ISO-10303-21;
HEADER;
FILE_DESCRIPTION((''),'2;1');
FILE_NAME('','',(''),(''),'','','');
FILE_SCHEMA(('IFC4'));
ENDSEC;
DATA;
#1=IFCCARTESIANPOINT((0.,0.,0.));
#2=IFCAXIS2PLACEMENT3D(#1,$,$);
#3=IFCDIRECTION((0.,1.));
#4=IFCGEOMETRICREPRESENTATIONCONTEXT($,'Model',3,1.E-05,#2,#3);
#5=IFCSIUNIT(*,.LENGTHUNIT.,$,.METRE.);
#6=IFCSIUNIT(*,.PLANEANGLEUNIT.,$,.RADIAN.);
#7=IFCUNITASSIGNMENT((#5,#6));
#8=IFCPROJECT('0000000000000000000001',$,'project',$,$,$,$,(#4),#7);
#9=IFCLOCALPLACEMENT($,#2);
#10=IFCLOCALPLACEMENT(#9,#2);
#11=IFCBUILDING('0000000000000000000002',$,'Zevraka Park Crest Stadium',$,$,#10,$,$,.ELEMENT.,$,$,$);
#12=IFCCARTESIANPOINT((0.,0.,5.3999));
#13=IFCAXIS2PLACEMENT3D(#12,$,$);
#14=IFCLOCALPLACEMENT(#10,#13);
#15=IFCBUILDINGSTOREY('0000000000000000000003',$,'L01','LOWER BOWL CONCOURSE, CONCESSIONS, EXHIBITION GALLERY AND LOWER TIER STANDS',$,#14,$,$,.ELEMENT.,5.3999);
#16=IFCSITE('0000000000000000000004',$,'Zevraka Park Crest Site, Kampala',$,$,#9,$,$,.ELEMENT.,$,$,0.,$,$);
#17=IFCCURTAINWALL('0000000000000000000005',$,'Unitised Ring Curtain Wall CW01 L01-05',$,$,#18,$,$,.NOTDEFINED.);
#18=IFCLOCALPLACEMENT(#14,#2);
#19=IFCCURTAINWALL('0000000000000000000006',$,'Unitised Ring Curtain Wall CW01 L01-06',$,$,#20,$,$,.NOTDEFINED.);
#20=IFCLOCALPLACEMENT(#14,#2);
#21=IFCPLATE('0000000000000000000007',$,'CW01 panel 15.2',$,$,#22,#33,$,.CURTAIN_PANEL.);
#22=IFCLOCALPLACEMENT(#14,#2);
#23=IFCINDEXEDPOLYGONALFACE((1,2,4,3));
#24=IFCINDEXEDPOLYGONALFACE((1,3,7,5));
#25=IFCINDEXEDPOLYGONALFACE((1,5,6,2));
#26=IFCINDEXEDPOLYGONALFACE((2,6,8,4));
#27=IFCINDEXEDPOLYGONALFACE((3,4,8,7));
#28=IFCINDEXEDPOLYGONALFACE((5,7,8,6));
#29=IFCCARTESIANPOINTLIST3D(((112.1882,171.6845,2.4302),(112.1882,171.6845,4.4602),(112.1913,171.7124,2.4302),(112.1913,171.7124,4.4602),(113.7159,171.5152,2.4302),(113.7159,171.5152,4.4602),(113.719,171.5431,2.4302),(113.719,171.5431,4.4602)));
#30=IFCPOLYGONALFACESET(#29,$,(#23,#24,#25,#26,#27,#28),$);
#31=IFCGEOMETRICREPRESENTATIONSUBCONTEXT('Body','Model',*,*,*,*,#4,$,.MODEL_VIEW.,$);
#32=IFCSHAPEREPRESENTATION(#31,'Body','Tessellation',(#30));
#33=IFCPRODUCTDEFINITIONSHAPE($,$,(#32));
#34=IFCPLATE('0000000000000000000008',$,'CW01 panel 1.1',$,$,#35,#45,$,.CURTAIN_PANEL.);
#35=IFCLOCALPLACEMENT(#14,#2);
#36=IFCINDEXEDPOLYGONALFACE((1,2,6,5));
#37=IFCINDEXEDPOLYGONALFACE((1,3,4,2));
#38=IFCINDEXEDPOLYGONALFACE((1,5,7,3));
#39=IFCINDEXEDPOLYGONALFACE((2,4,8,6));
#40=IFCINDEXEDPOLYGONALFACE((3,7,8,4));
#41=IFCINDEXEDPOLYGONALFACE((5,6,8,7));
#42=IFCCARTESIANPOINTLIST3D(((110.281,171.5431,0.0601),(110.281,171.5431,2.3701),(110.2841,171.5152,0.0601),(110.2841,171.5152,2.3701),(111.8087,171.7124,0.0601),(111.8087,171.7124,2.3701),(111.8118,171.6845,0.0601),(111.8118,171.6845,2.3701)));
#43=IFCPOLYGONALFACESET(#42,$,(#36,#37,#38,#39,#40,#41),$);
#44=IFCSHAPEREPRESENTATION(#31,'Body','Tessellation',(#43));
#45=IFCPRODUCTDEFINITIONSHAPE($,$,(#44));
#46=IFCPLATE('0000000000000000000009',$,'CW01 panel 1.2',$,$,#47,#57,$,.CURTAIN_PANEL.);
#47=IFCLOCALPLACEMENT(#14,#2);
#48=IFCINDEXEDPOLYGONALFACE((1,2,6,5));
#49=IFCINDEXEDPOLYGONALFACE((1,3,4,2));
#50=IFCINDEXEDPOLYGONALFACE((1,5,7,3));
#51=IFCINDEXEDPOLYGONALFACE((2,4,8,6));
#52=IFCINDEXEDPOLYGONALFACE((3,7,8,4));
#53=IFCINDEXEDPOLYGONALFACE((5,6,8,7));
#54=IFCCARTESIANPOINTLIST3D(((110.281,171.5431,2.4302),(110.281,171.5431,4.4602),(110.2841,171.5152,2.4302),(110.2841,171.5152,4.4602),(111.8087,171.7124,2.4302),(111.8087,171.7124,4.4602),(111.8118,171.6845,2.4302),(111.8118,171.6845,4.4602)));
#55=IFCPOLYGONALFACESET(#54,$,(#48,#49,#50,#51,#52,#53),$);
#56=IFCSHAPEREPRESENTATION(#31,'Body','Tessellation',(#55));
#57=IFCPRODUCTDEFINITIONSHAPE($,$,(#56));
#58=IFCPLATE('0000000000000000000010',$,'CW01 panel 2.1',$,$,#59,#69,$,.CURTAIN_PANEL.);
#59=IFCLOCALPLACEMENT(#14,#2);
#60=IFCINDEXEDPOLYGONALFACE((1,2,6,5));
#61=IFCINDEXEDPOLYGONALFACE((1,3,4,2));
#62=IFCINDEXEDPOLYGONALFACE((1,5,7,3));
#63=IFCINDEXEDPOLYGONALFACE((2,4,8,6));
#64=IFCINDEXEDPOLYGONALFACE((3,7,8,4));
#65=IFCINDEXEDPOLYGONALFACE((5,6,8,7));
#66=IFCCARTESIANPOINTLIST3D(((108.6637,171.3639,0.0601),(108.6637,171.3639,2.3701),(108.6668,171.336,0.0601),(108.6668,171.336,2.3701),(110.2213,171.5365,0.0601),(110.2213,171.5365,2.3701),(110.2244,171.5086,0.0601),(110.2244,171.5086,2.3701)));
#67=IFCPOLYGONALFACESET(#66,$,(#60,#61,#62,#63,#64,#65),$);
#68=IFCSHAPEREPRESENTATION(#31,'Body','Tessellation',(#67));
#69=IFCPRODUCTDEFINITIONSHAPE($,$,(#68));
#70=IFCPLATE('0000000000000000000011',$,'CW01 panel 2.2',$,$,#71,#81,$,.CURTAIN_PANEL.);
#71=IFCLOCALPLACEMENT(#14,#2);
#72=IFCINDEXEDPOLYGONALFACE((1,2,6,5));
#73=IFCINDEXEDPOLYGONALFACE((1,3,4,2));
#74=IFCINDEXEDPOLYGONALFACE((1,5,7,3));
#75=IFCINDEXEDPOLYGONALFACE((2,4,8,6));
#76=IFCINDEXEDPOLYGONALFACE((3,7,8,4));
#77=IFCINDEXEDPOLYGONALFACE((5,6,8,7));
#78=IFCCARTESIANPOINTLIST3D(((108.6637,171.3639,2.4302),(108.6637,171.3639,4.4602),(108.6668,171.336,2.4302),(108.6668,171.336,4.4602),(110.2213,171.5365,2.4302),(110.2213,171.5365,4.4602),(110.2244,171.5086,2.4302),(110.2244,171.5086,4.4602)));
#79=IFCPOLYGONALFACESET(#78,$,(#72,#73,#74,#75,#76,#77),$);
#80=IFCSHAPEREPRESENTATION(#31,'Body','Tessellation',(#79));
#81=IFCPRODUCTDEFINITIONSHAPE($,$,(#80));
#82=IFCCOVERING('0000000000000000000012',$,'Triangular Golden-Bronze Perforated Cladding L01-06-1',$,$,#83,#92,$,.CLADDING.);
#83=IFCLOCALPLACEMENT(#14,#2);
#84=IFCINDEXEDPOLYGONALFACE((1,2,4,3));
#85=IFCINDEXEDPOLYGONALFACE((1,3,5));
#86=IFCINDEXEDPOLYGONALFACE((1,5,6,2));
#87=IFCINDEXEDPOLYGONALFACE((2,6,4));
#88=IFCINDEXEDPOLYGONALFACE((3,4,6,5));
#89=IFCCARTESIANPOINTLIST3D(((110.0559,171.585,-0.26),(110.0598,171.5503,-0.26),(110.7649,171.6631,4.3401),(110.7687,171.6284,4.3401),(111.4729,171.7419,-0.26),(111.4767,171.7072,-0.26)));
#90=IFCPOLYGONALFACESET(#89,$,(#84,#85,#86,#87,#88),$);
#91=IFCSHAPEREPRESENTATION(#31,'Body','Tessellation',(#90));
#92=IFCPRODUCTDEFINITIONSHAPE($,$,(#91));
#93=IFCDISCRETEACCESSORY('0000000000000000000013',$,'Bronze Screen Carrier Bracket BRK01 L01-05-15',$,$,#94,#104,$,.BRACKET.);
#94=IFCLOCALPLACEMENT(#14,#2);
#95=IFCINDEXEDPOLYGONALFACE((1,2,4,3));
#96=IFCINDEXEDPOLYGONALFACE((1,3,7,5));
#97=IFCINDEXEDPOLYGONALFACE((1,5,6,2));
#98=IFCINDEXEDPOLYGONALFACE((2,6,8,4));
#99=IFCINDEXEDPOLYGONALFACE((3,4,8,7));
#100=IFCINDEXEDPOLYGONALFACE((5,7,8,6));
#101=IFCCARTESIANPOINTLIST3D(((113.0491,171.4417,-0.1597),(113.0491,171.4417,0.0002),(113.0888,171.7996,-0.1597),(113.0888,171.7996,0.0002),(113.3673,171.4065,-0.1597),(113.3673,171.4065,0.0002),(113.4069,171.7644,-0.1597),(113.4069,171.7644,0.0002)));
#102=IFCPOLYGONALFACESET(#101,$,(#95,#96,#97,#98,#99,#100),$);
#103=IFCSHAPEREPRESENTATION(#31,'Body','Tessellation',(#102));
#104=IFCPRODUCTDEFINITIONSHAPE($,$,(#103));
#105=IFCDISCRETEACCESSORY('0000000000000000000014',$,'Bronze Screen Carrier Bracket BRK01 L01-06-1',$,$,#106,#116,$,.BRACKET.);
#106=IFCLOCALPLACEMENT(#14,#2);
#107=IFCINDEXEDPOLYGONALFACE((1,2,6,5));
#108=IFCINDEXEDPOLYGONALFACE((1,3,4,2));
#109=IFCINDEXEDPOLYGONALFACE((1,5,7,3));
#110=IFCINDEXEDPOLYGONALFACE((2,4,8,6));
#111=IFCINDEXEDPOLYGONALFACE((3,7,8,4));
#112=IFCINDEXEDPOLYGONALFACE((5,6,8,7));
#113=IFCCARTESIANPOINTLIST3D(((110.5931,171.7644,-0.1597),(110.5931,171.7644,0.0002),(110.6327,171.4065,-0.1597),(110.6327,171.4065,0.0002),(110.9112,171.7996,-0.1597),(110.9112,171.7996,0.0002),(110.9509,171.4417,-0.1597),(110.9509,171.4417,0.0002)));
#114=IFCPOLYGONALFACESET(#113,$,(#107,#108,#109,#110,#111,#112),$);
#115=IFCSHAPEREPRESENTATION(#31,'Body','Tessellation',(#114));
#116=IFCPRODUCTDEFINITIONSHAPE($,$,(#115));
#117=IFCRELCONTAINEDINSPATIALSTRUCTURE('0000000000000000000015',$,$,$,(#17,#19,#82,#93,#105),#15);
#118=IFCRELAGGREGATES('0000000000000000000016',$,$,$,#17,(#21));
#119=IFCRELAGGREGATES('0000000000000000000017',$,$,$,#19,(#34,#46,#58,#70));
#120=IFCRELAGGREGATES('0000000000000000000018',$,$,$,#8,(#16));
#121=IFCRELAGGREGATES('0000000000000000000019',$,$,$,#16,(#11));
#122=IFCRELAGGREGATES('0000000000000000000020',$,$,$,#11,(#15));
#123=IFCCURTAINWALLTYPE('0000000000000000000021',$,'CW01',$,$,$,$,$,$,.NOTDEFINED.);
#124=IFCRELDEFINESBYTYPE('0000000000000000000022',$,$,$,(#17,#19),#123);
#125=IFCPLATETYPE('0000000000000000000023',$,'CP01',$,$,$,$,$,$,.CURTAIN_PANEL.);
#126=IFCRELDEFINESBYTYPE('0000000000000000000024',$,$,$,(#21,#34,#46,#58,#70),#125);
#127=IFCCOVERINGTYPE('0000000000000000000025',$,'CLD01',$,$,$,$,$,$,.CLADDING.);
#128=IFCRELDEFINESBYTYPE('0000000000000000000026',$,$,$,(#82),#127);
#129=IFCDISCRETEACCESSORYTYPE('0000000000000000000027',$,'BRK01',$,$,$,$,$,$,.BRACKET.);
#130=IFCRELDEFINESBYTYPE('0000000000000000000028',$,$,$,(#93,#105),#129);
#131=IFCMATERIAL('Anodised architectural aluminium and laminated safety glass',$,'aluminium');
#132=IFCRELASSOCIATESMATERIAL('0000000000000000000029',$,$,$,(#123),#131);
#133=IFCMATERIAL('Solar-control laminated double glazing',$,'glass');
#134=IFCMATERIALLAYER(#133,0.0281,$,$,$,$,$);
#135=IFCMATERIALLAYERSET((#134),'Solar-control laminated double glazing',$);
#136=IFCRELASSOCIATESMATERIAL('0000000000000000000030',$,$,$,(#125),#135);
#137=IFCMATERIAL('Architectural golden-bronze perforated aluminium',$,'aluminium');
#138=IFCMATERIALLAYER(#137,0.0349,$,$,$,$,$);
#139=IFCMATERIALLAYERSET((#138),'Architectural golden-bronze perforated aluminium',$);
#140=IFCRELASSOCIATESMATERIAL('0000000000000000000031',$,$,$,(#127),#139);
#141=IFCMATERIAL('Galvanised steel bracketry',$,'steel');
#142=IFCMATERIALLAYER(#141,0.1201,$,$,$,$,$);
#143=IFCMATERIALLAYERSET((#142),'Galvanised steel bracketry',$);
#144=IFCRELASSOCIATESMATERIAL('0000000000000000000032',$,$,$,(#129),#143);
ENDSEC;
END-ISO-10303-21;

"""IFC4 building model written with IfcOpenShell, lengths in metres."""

from ifc_helpers import new_model, si_unit, direction, frame, origin, origin_2d, place, context, subcontext, project, spatial, polyline, rectangle, outline, extrude, material, layer, layer_set, type_object, element, aggregate, save


model = new_model("IFC4")

# Units and contexts
model_context = context("Model", 3, precision=1e-05, world=origin(), true_north=direction((0.0, 1.0)))
body_context = subcontext(model_context, "Body", "Model", "MODEL_VIEW")
ifc_project = project(units=[si_unit("LENGTHUNIT", "METRE"), si_unit("PLANEANGLEUNIT", "RADIAN")], contexts=[model_context])

# Site, building, storey
site_placement = place(None, origin())
site = spatial("IfcSite", under=ifc_project, at=site_placement, Name="Zevraka Park Crest Site, Kampala", CompositionType="ELEMENT", RefElevation=0.0)
building_placement = place(site_placement, origin())
building = spatial("IfcBuilding", under=site, at=building_placement, Name="Zevraka Park Crest Stadium", CompositionType="ELEMENT")
storey_placement = place(building_placement, frame((0.0, 0.0, 5.3999)))
storey = spatial("IfcBuildingStorey", under=building, at=storey_placement, Name="L01", Description="LOWER BOWL CONCOURSE, CONCESSIONS, EXHIBITION GALLERY AND LOWER TIER STANDS", CompositionType="ELEMENT", Elevation=5.3999)

# Curtain wall
ifc_material_1 = material(Name="Anodised architectural aluminium and laminated safety glass", Category="aluminium")
curtain_wall_type = type_object("IfcCurtainWallType", Name="CW01", PredefinedType="NOTDEFINED", material=ifc_material_1)
curtain_wall_1_placement = place(storey_placement, origin())
curtain_wall_1 = element("IfcCurtainWall", 1, at=curtain_wall_1_placement, inside=storey, type_object=curtain_wall_type, Name="Unitised Ring Curtain Wall CW01 L01-05", PredefinedType="NOTDEFINED")

# Curtain wall
curtain_wall_2_placement = place(storey_placement, origin())
curtain_wall_2 = element("IfcCurtainWall", 2, at=curtain_wall_2_placement, inside=storey, type_object=curtain_wall_type, Name="Unitised Ring Curtain Wall CW01 L01-06", PredefinedType="NOTDEFINED")

# Plates
ifc_material_2 = material(Name="Solar-control laminated double glazing", Category="glass")
ifc_layer_1 = layer(ifc_material_2, 0.0281)
ifc_layer_set_1 = layer_set([ifc_layer_1], Name="Solar-control laminated double glazing")
plate_type = type_object("IfcPlateType", Name="CP01", PredefinedType="CURTAIN_PANEL", material=ifc_layer_set_1)
plate_1_placement = place(storey_placement, frame((112.9536, 171.6138, 2.4302), z_axis=(0.0, 0.0, 1.0), x_axis=(-0.993917, 0.110135, 0.0)))
plate_1 = element("IfcPlate", 3, at=plate_1_placement, type_object=plate_type, Name="CW01 panel 15.2", PredefinedType="CURTAIN_PANEL", context=body_context, shape_type="SweptSolid", body=[
    extrude(rectangle(XDim=1.5371, YDim=0.0281, at=origin_2d()), origin(), (0.0, 0.0, 1.0), 2.03),
])
aggregate(curtain_wall_1, [plate_1])
plate_2_placement = place(storey_placement, frame((111.0464, 171.6138, 0.0601), z_axis=(0.0, 0.0, 1.0), x_axis=(-0.993917, -0.110135, 0.0)))
plate_2 = element("IfcPlate", 4, at=plate_2_placement, type_object=plate_type, Name="CW01 panel 1.1", PredefinedType="CURTAIN_PANEL", context=body_context, shape_type="SweptSolid", body=[
    extrude(rectangle(XDim=1.5371, YDim=0.0281, at=origin_2d()), origin(), (0.0, 0.0, 1.0), 2.3101),
])
plate_3_placement = place(storey_placement, frame((111.0464, 171.6138, 2.4302), z_axis=(0.0, 0.0, 1.0), x_axis=(-0.993917, -0.110135, 0.0)))
plate_3 = element("IfcPlate", 5, at=plate_3_placement, type_object=plate_type, Name="CW01 panel 1.2", PredefinedType="CURTAIN_PANEL", context=body_context, shape_type="SweptSolid", body=[
    extrude(rectangle(XDim=1.5371, YDim=0.0281, at=origin_2d()), origin(), (0.0, 0.0, 1.0), 2.03),
])
plate_4_placement = place(storey_placement, frame((109.4441, 171.4363, 0.0601), z_axis=(0.0, 0.0, 1.0), x_axis=(-0.993917, -0.110135, 0.0)))
plate_4 = element("IfcPlate", 6, at=plate_4_placement, type_object=plate_type, Name="CW01 panel 2.1", PredefinedType="CURTAIN_PANEL", context=body_context, shape_type="SweptSolid", body=[
    extrude(rectangle(XDim=1.5671, YDim=0.0281, at=origin_2d()), origin(), (0.0, 0.0, 1.0), 2.3101),
])
plate_5_placement = place(storey_placement, frame((109.4441, 171.4363, 2.4302), z_axis=(0.0, 0.0, 1.0), x_axis=(-0.993917, -0.110135, 0.0)))
plate_5 = element("IfcPlate", 7, at=plate_5_placement, type_object=plate_type, Name="CW01 panel 2.2", PredefinedType="CURTAIN_PANEL", context=body_context, shape_type="SweptSolid", body=[
    extrude(rectangle(XDim=1.5671, YDim=0.0281, at=origin_2d()), origin(), (0.0, 0.0, 1.0), 2.03),
])
aggregate(curtain_wall_2, [plate_2, plate_3, plate_4, plate_5])

# Covering
ifc_material_3 = material(Name="Architectural golden-bronze perforated aluminium", Category="aluminium")
ifc_layer_2 = layer(ifc_material_3, 0.0349)
ifc_layer_set_2 = layer_set([ifc_layer_2], Name="Architectural golden-bronze perforated aluminium")
covering_type = type_object("IfcCoveringType", Name="CLD01", PredefinedType="CLADDING", material=ifc_layer_set_2)
covering_placement = place(storey_placement, frame((111.4729, 171.7419, -0.26), z_axis=(-0.110112, 0.993919, 0.000091), x_axis=(-0.993919, -0.110112, 0.0)))
element("IfcCovering", 8, at=covering_placement, inside=storey, type_object=covering_type, Name="Triangular Golden-Bronze Perforated Cladding L01-06-1", PredefinedType="CLADDING", context=body_context, shape_type="SweptSolid", body=[
    extrude(outline(polyline([(0.0, 0.0), (1.4257, 0.0), (0.7124, 4.6001), (0.0, 0.0)])), origin(), (0.0, 0.0, -1.0), 0.0349),
])

# Discrete accessories
ifc_material_4 = material(Name="Galvanised steel bracketry", Category="steel")
ifc_layer_3 = layer(ifc_material_4, 0.1201)
ifc_layer_set_3 = layer_set([ifc_layer_3], Name="Galvanised steel bracketry")
discrete_accessory_type = type_object("IfcDiscreteAccessoryType", Name="BRK01", PredefinedType="BRACKET", material=ifc_layer_set_3)
for number, where, z_axis, x_axis, name in (
    (9, (113.228, 171.603, -0.1597), (0.0, 0.0, 1.0), (-0.993923, 0.110081, 0.0), "Bronze Screen Carrier Bracket BRK01 L01-05-15"),
    (10, (110.772, 171.603, -0.1597), (0.0, 0.0, 1.0), (-0.993923, -0.110081, 0.0), "Bronze Screen Carrier Bracket BRK01 L01-06-1"),
):
    element("IfcDiscreteAccessory", number, at=place(storey_placement, frame(where, z_axis=z_axis, x_axis=x_axis)), inside=storey, type_object=discrete_accessory_type, Name=name, PredefinedType="BRACKET", context=body_context, shape_type="SweptSolid", body=[
        extrude(rectangle(XDim=0.3201, YDim=0.3601, at=origin_2d()), origin(), (0.0, 0.0, 1.0), 0.1599),
    ])

save(model, "model.ifc")
